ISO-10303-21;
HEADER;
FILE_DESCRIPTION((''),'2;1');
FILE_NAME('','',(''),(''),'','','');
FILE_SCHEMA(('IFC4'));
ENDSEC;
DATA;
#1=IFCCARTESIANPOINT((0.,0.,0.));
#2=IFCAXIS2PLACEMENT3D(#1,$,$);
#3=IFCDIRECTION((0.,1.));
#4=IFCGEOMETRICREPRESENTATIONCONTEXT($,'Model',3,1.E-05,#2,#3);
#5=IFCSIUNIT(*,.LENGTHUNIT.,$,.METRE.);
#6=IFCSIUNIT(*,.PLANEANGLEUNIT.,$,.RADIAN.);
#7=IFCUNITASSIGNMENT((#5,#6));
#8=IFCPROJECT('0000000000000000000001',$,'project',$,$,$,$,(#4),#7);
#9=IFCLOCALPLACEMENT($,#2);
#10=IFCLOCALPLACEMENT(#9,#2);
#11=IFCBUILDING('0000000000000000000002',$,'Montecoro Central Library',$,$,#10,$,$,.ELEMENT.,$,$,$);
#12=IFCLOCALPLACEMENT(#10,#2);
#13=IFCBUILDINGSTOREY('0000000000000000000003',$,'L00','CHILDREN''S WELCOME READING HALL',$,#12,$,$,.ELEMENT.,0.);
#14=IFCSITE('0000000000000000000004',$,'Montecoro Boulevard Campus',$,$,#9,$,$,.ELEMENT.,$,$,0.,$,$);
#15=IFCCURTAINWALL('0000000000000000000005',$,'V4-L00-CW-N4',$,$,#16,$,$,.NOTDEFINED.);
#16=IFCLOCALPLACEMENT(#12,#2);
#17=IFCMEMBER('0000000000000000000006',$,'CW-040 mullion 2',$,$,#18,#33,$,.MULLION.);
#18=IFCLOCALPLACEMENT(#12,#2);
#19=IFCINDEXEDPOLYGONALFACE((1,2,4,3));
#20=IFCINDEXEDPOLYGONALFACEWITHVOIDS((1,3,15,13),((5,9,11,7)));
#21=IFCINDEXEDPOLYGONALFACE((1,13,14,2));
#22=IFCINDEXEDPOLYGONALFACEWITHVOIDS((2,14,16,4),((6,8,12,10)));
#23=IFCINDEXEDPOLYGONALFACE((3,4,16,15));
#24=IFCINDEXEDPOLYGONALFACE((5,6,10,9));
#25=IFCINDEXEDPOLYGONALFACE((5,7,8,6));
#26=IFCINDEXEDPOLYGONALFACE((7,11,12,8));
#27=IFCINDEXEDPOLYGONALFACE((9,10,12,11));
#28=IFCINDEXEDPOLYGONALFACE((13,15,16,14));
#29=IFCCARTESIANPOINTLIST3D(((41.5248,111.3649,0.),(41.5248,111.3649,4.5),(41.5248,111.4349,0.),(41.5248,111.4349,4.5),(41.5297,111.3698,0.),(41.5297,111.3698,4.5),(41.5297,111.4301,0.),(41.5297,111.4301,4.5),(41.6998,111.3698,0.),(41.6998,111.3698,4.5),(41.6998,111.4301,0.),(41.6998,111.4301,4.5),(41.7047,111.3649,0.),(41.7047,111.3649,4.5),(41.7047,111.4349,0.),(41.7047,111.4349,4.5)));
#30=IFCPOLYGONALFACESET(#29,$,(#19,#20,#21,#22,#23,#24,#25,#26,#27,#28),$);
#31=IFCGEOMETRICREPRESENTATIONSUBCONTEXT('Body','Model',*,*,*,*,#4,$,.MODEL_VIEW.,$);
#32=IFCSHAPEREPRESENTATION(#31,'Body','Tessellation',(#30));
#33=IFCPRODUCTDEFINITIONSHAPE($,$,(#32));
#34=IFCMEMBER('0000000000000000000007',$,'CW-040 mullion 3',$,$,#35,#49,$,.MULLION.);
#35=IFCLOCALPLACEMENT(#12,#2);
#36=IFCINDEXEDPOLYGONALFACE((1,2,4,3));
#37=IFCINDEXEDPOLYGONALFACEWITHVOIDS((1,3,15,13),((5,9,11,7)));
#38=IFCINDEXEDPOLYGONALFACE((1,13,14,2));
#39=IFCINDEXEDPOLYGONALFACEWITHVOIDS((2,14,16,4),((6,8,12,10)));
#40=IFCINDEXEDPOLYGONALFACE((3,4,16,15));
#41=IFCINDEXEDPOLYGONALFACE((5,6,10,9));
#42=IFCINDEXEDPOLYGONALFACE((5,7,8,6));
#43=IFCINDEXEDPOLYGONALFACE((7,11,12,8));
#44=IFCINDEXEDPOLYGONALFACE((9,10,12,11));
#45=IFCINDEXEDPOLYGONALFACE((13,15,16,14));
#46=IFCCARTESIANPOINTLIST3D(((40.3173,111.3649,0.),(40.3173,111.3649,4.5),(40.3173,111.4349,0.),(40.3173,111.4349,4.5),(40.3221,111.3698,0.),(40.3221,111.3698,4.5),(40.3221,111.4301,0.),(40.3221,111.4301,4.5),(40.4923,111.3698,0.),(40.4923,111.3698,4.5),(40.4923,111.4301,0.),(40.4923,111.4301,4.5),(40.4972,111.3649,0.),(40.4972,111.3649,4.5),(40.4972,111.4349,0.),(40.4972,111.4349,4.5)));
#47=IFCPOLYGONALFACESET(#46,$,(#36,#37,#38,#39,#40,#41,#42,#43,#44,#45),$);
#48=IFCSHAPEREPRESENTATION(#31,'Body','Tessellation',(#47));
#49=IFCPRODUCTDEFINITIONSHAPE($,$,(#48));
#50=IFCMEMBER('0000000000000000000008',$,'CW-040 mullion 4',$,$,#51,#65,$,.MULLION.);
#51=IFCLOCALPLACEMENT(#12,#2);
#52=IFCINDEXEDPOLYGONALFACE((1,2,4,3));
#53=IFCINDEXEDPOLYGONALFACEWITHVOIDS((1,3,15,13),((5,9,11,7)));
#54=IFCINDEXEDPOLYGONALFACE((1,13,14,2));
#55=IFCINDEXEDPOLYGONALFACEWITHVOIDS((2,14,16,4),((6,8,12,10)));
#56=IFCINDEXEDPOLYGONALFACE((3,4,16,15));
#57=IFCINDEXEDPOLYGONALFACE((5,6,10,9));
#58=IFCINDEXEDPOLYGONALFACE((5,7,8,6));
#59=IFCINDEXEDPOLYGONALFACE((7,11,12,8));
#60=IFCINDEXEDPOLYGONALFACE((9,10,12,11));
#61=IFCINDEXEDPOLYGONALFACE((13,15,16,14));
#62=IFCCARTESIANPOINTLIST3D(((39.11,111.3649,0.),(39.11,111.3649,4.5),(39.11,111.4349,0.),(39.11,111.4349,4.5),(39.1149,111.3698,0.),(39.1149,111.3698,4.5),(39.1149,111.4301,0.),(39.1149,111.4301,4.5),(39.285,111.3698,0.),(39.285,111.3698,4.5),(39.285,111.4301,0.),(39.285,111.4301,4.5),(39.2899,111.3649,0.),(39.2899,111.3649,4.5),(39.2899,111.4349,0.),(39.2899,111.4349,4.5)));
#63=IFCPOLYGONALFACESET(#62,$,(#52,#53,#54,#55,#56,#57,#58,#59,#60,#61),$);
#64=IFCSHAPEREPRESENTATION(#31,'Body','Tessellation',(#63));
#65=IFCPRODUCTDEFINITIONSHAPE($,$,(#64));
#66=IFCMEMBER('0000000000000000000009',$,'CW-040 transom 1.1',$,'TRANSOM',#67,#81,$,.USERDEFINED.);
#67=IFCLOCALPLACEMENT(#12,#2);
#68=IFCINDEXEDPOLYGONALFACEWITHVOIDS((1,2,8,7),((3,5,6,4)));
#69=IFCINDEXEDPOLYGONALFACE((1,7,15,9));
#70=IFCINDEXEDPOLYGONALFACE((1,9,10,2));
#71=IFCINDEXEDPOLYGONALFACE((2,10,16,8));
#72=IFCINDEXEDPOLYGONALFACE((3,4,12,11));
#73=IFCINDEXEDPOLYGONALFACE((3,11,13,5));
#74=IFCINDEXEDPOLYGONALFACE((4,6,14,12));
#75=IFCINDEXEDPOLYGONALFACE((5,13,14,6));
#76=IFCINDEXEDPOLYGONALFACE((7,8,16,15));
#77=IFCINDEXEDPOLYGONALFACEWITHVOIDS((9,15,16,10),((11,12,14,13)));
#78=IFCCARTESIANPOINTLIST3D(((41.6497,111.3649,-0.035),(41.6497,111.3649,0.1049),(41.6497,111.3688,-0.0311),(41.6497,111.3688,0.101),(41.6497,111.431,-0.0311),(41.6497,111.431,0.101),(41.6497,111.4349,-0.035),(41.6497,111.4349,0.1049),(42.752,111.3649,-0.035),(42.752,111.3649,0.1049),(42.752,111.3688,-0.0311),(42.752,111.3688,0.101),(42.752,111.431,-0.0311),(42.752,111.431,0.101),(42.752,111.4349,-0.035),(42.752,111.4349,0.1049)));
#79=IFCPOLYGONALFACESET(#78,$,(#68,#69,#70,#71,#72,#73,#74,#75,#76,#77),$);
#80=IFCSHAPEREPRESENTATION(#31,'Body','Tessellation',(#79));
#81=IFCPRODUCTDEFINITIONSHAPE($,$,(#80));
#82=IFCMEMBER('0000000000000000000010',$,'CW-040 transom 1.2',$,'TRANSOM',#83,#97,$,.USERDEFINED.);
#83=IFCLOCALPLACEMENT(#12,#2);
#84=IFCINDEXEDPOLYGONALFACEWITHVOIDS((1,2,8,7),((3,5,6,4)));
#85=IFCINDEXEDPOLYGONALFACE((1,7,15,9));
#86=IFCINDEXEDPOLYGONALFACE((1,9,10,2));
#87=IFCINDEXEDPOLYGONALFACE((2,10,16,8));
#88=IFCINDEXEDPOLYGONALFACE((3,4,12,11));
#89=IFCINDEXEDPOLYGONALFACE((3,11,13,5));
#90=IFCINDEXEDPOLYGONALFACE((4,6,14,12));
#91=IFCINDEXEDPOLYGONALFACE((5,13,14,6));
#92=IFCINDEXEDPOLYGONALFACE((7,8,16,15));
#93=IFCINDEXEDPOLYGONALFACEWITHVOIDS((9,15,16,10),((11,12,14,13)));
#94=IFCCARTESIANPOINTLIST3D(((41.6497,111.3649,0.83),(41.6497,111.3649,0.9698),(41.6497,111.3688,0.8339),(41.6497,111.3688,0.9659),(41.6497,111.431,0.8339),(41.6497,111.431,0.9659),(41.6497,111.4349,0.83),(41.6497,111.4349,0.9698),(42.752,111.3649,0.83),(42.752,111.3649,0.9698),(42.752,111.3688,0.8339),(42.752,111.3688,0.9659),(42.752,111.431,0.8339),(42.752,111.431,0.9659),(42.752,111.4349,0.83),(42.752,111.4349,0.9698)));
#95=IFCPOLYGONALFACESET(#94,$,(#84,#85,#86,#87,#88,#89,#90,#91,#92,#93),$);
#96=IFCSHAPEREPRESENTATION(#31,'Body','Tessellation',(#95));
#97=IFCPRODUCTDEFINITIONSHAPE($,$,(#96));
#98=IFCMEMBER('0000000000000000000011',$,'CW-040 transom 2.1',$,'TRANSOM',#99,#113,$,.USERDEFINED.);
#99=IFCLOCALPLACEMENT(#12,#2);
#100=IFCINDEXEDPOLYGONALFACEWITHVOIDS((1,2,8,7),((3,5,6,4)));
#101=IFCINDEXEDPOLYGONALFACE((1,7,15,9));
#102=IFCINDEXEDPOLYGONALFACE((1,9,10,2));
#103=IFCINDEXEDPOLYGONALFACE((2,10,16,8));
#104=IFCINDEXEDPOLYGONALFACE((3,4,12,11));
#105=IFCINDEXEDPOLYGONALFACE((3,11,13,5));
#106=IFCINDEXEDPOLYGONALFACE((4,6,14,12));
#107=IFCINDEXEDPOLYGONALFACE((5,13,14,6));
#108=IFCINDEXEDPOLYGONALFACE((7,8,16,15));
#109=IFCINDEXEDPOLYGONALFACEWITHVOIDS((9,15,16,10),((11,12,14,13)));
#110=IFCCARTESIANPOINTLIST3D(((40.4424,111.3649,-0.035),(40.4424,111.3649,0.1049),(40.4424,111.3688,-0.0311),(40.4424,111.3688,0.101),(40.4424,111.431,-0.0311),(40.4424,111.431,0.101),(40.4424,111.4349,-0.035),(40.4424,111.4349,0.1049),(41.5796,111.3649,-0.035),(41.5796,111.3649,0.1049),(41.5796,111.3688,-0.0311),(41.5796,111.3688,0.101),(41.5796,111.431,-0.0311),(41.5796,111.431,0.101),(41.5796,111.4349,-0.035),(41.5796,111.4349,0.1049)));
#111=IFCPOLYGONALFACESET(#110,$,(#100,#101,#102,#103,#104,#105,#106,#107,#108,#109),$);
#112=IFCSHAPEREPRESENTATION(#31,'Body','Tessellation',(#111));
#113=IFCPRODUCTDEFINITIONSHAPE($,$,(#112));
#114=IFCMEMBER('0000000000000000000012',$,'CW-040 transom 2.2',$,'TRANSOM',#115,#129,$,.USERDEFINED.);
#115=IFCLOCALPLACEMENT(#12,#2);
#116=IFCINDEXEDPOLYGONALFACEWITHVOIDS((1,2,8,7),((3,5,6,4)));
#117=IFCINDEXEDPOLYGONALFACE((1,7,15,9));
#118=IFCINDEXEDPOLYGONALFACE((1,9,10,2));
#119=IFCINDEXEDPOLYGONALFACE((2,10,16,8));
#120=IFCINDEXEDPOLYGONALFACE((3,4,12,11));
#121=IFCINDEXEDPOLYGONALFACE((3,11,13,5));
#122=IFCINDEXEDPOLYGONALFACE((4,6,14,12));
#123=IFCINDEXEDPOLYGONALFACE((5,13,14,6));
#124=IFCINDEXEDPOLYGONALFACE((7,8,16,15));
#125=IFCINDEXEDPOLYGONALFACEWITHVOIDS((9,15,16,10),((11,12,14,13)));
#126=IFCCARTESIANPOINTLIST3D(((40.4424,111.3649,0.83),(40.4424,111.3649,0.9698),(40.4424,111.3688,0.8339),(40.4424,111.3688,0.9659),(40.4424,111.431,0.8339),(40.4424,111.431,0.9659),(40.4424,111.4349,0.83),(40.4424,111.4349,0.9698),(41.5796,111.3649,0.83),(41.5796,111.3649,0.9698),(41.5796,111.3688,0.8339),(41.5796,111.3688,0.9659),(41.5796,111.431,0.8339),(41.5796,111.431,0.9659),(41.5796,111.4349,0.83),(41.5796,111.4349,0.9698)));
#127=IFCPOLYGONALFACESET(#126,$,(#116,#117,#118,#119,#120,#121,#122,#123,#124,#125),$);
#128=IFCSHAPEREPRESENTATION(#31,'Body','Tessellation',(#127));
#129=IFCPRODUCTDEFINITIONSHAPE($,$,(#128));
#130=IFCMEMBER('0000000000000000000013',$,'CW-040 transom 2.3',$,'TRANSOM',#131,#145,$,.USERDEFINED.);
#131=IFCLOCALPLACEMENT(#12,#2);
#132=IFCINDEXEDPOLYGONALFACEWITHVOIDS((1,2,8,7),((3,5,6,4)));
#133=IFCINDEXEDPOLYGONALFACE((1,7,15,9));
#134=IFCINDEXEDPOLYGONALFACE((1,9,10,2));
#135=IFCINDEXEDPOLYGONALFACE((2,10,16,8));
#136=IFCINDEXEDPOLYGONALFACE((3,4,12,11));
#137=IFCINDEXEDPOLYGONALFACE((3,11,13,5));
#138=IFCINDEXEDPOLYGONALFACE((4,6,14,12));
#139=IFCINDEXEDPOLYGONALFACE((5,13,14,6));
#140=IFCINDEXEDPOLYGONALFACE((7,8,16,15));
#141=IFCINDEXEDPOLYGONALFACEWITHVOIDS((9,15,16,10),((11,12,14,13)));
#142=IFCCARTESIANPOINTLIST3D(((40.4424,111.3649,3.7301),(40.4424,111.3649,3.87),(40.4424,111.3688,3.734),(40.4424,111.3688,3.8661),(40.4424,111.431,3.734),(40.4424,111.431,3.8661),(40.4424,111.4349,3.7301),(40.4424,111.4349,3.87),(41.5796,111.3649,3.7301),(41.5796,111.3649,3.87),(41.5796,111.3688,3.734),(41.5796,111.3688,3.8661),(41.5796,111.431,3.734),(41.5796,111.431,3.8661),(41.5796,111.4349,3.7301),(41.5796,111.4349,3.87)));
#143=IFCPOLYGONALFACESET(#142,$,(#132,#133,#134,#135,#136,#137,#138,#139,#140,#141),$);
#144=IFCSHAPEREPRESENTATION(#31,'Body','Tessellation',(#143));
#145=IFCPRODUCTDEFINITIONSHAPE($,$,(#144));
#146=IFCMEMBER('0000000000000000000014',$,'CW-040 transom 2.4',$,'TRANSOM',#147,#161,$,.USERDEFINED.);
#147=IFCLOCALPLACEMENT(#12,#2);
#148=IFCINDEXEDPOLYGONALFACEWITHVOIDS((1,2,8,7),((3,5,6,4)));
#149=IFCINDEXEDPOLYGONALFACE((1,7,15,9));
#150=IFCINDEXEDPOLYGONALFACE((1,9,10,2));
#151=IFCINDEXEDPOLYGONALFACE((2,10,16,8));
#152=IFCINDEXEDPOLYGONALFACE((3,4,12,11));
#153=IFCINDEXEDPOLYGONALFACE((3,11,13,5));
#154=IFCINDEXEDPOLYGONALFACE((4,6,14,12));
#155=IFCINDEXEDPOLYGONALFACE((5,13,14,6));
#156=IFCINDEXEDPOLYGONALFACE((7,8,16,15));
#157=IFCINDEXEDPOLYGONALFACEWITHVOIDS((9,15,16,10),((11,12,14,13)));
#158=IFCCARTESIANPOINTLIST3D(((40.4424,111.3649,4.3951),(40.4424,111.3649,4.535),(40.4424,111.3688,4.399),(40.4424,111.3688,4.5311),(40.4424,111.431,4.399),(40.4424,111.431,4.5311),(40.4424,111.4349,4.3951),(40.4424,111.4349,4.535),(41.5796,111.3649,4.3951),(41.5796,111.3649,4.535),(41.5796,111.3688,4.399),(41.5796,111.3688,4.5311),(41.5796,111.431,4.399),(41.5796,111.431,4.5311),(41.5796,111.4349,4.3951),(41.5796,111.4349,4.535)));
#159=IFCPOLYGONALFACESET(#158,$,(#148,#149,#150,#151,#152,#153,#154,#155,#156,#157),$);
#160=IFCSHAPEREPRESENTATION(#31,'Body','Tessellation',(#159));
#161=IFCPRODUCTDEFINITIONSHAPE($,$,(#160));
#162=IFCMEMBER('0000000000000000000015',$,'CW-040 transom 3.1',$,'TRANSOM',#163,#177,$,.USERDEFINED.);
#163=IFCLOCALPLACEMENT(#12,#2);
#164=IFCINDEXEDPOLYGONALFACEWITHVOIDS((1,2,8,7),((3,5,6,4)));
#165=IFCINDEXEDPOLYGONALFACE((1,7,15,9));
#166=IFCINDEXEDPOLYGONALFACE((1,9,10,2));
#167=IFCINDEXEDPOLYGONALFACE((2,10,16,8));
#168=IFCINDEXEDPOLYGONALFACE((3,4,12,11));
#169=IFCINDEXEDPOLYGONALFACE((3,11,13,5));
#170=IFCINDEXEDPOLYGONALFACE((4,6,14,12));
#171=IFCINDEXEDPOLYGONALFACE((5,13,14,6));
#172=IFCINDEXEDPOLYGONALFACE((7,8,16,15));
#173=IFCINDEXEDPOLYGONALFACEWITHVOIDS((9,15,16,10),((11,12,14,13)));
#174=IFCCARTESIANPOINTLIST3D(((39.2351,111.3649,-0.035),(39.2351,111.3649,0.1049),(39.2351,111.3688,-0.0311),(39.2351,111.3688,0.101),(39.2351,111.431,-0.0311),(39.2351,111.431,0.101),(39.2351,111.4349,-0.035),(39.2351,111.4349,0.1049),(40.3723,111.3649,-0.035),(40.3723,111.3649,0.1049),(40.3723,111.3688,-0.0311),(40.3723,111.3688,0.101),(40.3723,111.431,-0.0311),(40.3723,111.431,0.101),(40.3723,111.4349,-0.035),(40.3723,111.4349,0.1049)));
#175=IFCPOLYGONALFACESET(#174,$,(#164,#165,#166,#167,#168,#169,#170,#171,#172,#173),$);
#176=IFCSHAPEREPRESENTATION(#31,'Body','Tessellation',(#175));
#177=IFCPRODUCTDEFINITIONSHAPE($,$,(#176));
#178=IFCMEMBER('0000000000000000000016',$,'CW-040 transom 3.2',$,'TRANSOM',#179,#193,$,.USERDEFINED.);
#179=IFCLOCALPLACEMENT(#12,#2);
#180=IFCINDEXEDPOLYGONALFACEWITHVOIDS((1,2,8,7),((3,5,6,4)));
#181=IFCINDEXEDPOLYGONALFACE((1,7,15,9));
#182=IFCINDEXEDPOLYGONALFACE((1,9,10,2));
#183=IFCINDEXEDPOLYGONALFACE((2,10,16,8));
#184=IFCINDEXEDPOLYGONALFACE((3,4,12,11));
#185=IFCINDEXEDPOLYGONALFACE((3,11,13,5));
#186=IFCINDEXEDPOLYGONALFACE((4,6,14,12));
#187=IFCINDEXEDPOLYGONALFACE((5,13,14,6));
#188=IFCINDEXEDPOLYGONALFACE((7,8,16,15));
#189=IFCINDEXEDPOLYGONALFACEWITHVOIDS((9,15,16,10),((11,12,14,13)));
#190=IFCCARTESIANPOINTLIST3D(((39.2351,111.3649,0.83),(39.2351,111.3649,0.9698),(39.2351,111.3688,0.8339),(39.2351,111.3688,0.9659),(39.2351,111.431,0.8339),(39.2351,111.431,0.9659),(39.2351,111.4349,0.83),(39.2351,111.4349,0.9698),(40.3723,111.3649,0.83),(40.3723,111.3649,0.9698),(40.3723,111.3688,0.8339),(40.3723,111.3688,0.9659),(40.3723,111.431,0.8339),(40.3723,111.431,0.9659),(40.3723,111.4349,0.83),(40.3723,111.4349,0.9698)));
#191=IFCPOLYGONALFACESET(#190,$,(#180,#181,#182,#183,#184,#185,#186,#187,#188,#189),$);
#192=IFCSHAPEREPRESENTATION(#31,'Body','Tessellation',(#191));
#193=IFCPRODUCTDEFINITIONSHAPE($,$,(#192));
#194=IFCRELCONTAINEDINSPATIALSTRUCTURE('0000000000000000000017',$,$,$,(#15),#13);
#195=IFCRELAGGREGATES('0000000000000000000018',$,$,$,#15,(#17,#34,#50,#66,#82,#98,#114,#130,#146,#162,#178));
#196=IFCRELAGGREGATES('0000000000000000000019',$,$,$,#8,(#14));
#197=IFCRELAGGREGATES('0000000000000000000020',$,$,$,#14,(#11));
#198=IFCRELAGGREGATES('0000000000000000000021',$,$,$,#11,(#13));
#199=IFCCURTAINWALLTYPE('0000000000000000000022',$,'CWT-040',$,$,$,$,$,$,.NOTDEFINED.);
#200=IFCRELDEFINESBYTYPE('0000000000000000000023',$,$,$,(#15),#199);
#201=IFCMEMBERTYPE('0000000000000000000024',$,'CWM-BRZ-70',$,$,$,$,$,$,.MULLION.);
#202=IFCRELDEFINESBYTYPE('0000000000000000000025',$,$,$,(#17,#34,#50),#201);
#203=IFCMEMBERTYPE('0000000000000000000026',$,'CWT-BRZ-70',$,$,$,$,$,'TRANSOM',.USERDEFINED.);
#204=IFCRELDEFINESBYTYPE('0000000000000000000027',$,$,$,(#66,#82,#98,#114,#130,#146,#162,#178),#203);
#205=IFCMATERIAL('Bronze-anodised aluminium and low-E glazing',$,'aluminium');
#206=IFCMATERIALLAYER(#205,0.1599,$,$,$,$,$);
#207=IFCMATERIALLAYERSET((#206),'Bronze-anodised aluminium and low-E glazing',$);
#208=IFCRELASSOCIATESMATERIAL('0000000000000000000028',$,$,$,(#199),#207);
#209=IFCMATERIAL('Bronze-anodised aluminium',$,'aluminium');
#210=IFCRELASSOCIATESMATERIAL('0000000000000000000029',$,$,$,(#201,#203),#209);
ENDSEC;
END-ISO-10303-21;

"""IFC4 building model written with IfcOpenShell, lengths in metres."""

from ifc_helpers import new_model, si_unit, direction, frame, origin, origin_2d, place, context, subcontext, project, spatial, hollow_rectangle, extrude, material, layer, layer_set, material_profile, profile_set, type_object, element, aggregate, save


model = new_model("IFC4")

# Units and contexts
model_context = context("Model", 3, precision=1e-05, world=origin(), true_north=direction((0.0, 1.0)))
body_context = subcontext(model_context, "Body", "Model", "MODEL_VIEW")
ifc_project = project(units=[si_unit("LENGTHUNIT", "METRE"), si_unit("PLANEANGLEUNIT", "RADIAN")], contexts=[model_context])

# Site, building, storey
site_placement = place(None, origin())
site = spatial("IfcSite", under=ifc_project, at=site_placement, Name="Montecoro Boulevard Campus", CompositionType="ELEMENT", RefElevation=0.0)
building_placement = place(site_placement, origin())
building = spatial("IfcBuilding", under=site, at=building_placement, Name="Montecoro Central Library", CompositionType="ELEMENT")
storey_placement = place(building_placement, origin())
storey = spatial("IfcBuildingStorey", under=building, at=storey_placement, Name="L00", Description="CHILDREN'S WELCOME READING HALL", CompositionType="ELEMENT", Elevation=0.0)

# Curtain wall, members
ifc_material_1 = material(Name="Bronze-anodised aluminium and low-E glazing", Category="aluminium")
ifc_layer_1 = layer(ifc_material_1, 0.1599)
ifc_layer_set_1 = layer_set([ifc_layer_1], Name="Bronze-anodised aluminium and low-E glazing")
curtain_wall_type = type_object("IfcCurtainWallType", Name="CWT-040", PredefinedType="NOTDEFINED", material=ifc_layer_set_1)
curtain_wall_placement = place(storey_placement, origin())
curtain_wall = element("IfcCurtainWall", 1, at=curtain_wall_placement, inside=storey, type_object=curtain_wall_type, Name="V4-L00-CW-N4", PredefinedType="NOTDEFINED")
ifc_material_2 = material(Name="Bronze-anodised aluminium", Category="aluminium")
ifc_material_profile_1 = material_profile(ifc_material_2, hollow_rectangle(XDim=0.0701, YDim=0.1799, WallThickness=0.0049, at=origin_2d()), Name="CWM 180x70x5.0")
ifc_profile_set_1 = profile_set([ifc_material_profile_1], Name="Bronze-anodised aluminium")
member_type_1 = type_object("IfcMemberType", Name="CWM-BRZ-70", PredefinedType="MULLION", material=ifc_profile_set_1)
member_1_placement = place(storey_placement, frame((41.6147, 111.3999, 0.0), z_axis=(0.0, 0.0, 1.0), x_axis=(0.0, -1.0, 0.0)))
member_1 = element("IfcMember", 2, at=member_1_placement, type_object=member_type_1, Name="CW-040 mullion 2", PredefinedType="MULLION", context=body_context, shape_type="SweptSolid", body=[
    extrude(hollow_rectangle(XDim=0.0701, YDim=0.1799, WallThickness=0.0049, at=origin_2d()), origin(), (0.0, 0.0, 1.0), 4.5),
])
member_2_placement = place(storey_placement, frame((40.4072, 111.3999, 0.0), z_axis=(0.0, 0.0, 1.0), x_axis=(0.0, -1.0, 0.0)))
member_2 = element("IfcMember", 3, at=member_2_placement, type_object=member_type_1, Name="CW-040 mullion 3", PredefinedType="MULLION", context=body_context, shape_type="SweptSolid", body=[
    extrude(hollow_rectangle(XDim=0.0701, YDim=0.1799, WallThickness=0.0049, at=origin_2d()), origin(), (0.0, 0.0, 1.0), 4.5),
])
member_3_placement = place(storey_placement, frame((39.2, 111.3999, 0.0), z_axis=(0.0, 0.0, 1.0), x_axis=(0.0, -1.0, 0.0)))
member_3 = element("IfcMember", 4, at=member_3_placement, type_object=member_type_1, Name="CW-040 mullion 4", PredefinedType="MULLION", context=body_context, shape_type="SweptSolid", body=[
    extrude(hollow_rectangle(XDim=0.0701, YDim=0.1799, WallThickness=0.0049, at=origin_2d()), origin(), (0.0, 0.0, 1.0), 4.5),
])
ifc_material_profile_2 = material_profile(ifc_material_2, hollow_rectangle(XDim=0.0701, YDim=0.1399, WallThickness=0.0039, at=origin_2d()), Name="CWT 140x70x4.0")
ifc_profile_set_2 = profile_set([ifc_material_profile_2], Name="Bronze-anodised aluminium")
member_type_2 = type_object("IfcMemberType", Name="CWT-BRZ-70", ElementType="TRANSOM", PredefinedType="USERDEFINED", material=ifc_profile_set_2)
member_4_placement = place(storey_placement, frame((42.752, 111.3999, 0.0349), z_axis=(-1.0, 0.0, 0.0), x_axis=(0.0, -1.0, 0.0)))
member_4 = element("IfcMember", 5, at=member_4_placement, type_object=member_type_2, Name="CW-040 transom 1.1", ObjectType="TRANSOM", PredefinedType="USERDEFINED", context=body_context, shape_type="SweptSolid", body=[
    extrude(hollow_rectangle(XDim=0.0701, YDim=0.1399, WallThickness=0.0039, at=origin_2d()), origin(), (0.0, 0.0, 1.0), 1.1023),
])
member_5_placement = place(storey_placement, frame((42.752, 111.3999, 0.8999), z_axis=(-1.0, 0.0, 0.0), x_axis=(0.0, -1.0, 0.0)))
member_5 = element("IfcMember", 6, at=member_5_placement, type_object=member_type_2, Name="CW-040 transom 1.2", ObjectType="TRANSOM", PredefinedType="USERDEFINED", context=body_context, shape_type="SweptSolid", body=[
    extrude(hollow_rectangle(XDim=0.0701, YDim=0.1399, WallThickness=0.0039, at=origin_2d()), origin(), (0.0, 0.0, 1.0), 1.1023),
])
member_6_placement = place(storey_placement, frame((41.5796, 111.3999, 0.0349), z_axis=(-1.0, 0.0, 0.0), x_axis=(0.0, -1.0, 0.0)))
member_6 = element("IfcMember", 7, at=member_6_placement, type_object=member_type_2, Name="CW-040 transom 2.1", ObjectType="TRANSOM", PredefinedType="USERDEFINED", context=body_context, shape_type="SweptSolid", body=[
    extrude(hollow_rectangle(XDim=0.0701, YDim=0.1399, WallThickness=0.0039, at=origin_2d()), origin(), (0.0, 0.0, 1.0), 1.1372),
])
member_7_placement = place(storey_placement, frame((41.5796, 111.3999, 0.8999), z_axis=(-1.0, 0.0, 0.0), x_axis=(0.0, -1.0, 0.0)))
member_7 = element("IfcMember", 8, at=member_7_placement, type_object=member_type_2, Name="CW-040 transom 2.2", ObjectType="TRANSOM", PredefinedType="USERDEFINED", context=body_context, shape_type="SweptSolid", body=[
    extrude(hollow_rectangle(XDim=0.0701, YDim=0.1399, WallThickness=0.0039, at=origin_2d()), origin(), (0.0, 0.0, 1.0), 1.1372),
])
member_8_placement = place(storey_placement, frame((41.5796, 111.3999, 3.8), z_axis=(-1.0, 0.0, 0.0), x_axis=(0.0, -1.0, 0.0)))
member_8 = element("IfcMember", 9, at=member_8_placement, type_object=member_type_2, Name="CW-040 transom 2.3", ObjectType="TRANSOM", PredefinedType="USERDEFINED", context=body_context, shape_type="SweptSolid", body=[
    extrude(hollow_rectangle(XDim=0.0701, YDim=0.1399, WallThickness=0.0039, at=origin_2d()), origin(), (0.0, 0.0, 1.0), 1.1372),
])
member_9_placement = place(storey_placement, frame((41.5796, 111.3999, 4.4651), z_axis=(-1.0, 0.0, 0.0), x_axis=(0.0, -1.0, 0.0)))
member_9 = element("IfcMember", 10, at=member_9_placement, type_object=member_type_2, Name="CW-040 transom 2.4", ObjectType="TRANSOM", PredefinedType="USERDEFINED", context=body_context, shape_type="SweptSolid", body=[
    extrude(hollow_rectangle(XDim=0.0701, YDim=0.1399, WallThickness=0.0039, at=origin_2d()), origin(), (0.0, 0.0, 1.0), 1.1372),
])
member_10_placement = place(storey_placement, frame((40.3723, 111.3999, 0.0349), z_axis=(-1.0, 0.0, 0.0), x_axis=(0.0, -1.0, 0.0)))
member_10 = element("IfcMember", 11, at=member_10_placement, type_object=member_type_2, Name="CW-040 transom 3.1", ObjectType="TRANSOM", PredefinedType="USERDEFINED", context=body_context, shape_type="SweptSolid", body=[
    extrude(hollow_rectangle(XDim=0.0701, YDim=0.1399, WallThickness=0.0039, at=origin_2d()), origin(), (0.0, 0.0, 1.0), 1.1372),
])
member_11_placement = place(storey_placement, frame((40.3723, 111.3999, 0.8999), z_axis=(-1.0, 0.0, 0.0), x_axis=(0.0, -1.0, 0.0)))
member_11 = element("IfcMember", 12, at=member_11_placement, type_object=member_type_2, Name="CW-040 transom 3.2", ObjectType="TRANSOM", PredefinedType="USERDEFINED", context=body_context, shape_type="SweptSolid", body=[
    extrude(hollow_rectangle(XDim=0.0701, YDim=0.1399, WallThickness=0.0039, at=origin_2d()), origin(), (0.0, 0.0, 1.0), 1.1372),
])
aggregate(curtain_wall, [member_1, member_2, member_3, member_4, member_5, member_6, member_7, member_8, member_9, member_10, member_11])

save(model, "model.ifc")
